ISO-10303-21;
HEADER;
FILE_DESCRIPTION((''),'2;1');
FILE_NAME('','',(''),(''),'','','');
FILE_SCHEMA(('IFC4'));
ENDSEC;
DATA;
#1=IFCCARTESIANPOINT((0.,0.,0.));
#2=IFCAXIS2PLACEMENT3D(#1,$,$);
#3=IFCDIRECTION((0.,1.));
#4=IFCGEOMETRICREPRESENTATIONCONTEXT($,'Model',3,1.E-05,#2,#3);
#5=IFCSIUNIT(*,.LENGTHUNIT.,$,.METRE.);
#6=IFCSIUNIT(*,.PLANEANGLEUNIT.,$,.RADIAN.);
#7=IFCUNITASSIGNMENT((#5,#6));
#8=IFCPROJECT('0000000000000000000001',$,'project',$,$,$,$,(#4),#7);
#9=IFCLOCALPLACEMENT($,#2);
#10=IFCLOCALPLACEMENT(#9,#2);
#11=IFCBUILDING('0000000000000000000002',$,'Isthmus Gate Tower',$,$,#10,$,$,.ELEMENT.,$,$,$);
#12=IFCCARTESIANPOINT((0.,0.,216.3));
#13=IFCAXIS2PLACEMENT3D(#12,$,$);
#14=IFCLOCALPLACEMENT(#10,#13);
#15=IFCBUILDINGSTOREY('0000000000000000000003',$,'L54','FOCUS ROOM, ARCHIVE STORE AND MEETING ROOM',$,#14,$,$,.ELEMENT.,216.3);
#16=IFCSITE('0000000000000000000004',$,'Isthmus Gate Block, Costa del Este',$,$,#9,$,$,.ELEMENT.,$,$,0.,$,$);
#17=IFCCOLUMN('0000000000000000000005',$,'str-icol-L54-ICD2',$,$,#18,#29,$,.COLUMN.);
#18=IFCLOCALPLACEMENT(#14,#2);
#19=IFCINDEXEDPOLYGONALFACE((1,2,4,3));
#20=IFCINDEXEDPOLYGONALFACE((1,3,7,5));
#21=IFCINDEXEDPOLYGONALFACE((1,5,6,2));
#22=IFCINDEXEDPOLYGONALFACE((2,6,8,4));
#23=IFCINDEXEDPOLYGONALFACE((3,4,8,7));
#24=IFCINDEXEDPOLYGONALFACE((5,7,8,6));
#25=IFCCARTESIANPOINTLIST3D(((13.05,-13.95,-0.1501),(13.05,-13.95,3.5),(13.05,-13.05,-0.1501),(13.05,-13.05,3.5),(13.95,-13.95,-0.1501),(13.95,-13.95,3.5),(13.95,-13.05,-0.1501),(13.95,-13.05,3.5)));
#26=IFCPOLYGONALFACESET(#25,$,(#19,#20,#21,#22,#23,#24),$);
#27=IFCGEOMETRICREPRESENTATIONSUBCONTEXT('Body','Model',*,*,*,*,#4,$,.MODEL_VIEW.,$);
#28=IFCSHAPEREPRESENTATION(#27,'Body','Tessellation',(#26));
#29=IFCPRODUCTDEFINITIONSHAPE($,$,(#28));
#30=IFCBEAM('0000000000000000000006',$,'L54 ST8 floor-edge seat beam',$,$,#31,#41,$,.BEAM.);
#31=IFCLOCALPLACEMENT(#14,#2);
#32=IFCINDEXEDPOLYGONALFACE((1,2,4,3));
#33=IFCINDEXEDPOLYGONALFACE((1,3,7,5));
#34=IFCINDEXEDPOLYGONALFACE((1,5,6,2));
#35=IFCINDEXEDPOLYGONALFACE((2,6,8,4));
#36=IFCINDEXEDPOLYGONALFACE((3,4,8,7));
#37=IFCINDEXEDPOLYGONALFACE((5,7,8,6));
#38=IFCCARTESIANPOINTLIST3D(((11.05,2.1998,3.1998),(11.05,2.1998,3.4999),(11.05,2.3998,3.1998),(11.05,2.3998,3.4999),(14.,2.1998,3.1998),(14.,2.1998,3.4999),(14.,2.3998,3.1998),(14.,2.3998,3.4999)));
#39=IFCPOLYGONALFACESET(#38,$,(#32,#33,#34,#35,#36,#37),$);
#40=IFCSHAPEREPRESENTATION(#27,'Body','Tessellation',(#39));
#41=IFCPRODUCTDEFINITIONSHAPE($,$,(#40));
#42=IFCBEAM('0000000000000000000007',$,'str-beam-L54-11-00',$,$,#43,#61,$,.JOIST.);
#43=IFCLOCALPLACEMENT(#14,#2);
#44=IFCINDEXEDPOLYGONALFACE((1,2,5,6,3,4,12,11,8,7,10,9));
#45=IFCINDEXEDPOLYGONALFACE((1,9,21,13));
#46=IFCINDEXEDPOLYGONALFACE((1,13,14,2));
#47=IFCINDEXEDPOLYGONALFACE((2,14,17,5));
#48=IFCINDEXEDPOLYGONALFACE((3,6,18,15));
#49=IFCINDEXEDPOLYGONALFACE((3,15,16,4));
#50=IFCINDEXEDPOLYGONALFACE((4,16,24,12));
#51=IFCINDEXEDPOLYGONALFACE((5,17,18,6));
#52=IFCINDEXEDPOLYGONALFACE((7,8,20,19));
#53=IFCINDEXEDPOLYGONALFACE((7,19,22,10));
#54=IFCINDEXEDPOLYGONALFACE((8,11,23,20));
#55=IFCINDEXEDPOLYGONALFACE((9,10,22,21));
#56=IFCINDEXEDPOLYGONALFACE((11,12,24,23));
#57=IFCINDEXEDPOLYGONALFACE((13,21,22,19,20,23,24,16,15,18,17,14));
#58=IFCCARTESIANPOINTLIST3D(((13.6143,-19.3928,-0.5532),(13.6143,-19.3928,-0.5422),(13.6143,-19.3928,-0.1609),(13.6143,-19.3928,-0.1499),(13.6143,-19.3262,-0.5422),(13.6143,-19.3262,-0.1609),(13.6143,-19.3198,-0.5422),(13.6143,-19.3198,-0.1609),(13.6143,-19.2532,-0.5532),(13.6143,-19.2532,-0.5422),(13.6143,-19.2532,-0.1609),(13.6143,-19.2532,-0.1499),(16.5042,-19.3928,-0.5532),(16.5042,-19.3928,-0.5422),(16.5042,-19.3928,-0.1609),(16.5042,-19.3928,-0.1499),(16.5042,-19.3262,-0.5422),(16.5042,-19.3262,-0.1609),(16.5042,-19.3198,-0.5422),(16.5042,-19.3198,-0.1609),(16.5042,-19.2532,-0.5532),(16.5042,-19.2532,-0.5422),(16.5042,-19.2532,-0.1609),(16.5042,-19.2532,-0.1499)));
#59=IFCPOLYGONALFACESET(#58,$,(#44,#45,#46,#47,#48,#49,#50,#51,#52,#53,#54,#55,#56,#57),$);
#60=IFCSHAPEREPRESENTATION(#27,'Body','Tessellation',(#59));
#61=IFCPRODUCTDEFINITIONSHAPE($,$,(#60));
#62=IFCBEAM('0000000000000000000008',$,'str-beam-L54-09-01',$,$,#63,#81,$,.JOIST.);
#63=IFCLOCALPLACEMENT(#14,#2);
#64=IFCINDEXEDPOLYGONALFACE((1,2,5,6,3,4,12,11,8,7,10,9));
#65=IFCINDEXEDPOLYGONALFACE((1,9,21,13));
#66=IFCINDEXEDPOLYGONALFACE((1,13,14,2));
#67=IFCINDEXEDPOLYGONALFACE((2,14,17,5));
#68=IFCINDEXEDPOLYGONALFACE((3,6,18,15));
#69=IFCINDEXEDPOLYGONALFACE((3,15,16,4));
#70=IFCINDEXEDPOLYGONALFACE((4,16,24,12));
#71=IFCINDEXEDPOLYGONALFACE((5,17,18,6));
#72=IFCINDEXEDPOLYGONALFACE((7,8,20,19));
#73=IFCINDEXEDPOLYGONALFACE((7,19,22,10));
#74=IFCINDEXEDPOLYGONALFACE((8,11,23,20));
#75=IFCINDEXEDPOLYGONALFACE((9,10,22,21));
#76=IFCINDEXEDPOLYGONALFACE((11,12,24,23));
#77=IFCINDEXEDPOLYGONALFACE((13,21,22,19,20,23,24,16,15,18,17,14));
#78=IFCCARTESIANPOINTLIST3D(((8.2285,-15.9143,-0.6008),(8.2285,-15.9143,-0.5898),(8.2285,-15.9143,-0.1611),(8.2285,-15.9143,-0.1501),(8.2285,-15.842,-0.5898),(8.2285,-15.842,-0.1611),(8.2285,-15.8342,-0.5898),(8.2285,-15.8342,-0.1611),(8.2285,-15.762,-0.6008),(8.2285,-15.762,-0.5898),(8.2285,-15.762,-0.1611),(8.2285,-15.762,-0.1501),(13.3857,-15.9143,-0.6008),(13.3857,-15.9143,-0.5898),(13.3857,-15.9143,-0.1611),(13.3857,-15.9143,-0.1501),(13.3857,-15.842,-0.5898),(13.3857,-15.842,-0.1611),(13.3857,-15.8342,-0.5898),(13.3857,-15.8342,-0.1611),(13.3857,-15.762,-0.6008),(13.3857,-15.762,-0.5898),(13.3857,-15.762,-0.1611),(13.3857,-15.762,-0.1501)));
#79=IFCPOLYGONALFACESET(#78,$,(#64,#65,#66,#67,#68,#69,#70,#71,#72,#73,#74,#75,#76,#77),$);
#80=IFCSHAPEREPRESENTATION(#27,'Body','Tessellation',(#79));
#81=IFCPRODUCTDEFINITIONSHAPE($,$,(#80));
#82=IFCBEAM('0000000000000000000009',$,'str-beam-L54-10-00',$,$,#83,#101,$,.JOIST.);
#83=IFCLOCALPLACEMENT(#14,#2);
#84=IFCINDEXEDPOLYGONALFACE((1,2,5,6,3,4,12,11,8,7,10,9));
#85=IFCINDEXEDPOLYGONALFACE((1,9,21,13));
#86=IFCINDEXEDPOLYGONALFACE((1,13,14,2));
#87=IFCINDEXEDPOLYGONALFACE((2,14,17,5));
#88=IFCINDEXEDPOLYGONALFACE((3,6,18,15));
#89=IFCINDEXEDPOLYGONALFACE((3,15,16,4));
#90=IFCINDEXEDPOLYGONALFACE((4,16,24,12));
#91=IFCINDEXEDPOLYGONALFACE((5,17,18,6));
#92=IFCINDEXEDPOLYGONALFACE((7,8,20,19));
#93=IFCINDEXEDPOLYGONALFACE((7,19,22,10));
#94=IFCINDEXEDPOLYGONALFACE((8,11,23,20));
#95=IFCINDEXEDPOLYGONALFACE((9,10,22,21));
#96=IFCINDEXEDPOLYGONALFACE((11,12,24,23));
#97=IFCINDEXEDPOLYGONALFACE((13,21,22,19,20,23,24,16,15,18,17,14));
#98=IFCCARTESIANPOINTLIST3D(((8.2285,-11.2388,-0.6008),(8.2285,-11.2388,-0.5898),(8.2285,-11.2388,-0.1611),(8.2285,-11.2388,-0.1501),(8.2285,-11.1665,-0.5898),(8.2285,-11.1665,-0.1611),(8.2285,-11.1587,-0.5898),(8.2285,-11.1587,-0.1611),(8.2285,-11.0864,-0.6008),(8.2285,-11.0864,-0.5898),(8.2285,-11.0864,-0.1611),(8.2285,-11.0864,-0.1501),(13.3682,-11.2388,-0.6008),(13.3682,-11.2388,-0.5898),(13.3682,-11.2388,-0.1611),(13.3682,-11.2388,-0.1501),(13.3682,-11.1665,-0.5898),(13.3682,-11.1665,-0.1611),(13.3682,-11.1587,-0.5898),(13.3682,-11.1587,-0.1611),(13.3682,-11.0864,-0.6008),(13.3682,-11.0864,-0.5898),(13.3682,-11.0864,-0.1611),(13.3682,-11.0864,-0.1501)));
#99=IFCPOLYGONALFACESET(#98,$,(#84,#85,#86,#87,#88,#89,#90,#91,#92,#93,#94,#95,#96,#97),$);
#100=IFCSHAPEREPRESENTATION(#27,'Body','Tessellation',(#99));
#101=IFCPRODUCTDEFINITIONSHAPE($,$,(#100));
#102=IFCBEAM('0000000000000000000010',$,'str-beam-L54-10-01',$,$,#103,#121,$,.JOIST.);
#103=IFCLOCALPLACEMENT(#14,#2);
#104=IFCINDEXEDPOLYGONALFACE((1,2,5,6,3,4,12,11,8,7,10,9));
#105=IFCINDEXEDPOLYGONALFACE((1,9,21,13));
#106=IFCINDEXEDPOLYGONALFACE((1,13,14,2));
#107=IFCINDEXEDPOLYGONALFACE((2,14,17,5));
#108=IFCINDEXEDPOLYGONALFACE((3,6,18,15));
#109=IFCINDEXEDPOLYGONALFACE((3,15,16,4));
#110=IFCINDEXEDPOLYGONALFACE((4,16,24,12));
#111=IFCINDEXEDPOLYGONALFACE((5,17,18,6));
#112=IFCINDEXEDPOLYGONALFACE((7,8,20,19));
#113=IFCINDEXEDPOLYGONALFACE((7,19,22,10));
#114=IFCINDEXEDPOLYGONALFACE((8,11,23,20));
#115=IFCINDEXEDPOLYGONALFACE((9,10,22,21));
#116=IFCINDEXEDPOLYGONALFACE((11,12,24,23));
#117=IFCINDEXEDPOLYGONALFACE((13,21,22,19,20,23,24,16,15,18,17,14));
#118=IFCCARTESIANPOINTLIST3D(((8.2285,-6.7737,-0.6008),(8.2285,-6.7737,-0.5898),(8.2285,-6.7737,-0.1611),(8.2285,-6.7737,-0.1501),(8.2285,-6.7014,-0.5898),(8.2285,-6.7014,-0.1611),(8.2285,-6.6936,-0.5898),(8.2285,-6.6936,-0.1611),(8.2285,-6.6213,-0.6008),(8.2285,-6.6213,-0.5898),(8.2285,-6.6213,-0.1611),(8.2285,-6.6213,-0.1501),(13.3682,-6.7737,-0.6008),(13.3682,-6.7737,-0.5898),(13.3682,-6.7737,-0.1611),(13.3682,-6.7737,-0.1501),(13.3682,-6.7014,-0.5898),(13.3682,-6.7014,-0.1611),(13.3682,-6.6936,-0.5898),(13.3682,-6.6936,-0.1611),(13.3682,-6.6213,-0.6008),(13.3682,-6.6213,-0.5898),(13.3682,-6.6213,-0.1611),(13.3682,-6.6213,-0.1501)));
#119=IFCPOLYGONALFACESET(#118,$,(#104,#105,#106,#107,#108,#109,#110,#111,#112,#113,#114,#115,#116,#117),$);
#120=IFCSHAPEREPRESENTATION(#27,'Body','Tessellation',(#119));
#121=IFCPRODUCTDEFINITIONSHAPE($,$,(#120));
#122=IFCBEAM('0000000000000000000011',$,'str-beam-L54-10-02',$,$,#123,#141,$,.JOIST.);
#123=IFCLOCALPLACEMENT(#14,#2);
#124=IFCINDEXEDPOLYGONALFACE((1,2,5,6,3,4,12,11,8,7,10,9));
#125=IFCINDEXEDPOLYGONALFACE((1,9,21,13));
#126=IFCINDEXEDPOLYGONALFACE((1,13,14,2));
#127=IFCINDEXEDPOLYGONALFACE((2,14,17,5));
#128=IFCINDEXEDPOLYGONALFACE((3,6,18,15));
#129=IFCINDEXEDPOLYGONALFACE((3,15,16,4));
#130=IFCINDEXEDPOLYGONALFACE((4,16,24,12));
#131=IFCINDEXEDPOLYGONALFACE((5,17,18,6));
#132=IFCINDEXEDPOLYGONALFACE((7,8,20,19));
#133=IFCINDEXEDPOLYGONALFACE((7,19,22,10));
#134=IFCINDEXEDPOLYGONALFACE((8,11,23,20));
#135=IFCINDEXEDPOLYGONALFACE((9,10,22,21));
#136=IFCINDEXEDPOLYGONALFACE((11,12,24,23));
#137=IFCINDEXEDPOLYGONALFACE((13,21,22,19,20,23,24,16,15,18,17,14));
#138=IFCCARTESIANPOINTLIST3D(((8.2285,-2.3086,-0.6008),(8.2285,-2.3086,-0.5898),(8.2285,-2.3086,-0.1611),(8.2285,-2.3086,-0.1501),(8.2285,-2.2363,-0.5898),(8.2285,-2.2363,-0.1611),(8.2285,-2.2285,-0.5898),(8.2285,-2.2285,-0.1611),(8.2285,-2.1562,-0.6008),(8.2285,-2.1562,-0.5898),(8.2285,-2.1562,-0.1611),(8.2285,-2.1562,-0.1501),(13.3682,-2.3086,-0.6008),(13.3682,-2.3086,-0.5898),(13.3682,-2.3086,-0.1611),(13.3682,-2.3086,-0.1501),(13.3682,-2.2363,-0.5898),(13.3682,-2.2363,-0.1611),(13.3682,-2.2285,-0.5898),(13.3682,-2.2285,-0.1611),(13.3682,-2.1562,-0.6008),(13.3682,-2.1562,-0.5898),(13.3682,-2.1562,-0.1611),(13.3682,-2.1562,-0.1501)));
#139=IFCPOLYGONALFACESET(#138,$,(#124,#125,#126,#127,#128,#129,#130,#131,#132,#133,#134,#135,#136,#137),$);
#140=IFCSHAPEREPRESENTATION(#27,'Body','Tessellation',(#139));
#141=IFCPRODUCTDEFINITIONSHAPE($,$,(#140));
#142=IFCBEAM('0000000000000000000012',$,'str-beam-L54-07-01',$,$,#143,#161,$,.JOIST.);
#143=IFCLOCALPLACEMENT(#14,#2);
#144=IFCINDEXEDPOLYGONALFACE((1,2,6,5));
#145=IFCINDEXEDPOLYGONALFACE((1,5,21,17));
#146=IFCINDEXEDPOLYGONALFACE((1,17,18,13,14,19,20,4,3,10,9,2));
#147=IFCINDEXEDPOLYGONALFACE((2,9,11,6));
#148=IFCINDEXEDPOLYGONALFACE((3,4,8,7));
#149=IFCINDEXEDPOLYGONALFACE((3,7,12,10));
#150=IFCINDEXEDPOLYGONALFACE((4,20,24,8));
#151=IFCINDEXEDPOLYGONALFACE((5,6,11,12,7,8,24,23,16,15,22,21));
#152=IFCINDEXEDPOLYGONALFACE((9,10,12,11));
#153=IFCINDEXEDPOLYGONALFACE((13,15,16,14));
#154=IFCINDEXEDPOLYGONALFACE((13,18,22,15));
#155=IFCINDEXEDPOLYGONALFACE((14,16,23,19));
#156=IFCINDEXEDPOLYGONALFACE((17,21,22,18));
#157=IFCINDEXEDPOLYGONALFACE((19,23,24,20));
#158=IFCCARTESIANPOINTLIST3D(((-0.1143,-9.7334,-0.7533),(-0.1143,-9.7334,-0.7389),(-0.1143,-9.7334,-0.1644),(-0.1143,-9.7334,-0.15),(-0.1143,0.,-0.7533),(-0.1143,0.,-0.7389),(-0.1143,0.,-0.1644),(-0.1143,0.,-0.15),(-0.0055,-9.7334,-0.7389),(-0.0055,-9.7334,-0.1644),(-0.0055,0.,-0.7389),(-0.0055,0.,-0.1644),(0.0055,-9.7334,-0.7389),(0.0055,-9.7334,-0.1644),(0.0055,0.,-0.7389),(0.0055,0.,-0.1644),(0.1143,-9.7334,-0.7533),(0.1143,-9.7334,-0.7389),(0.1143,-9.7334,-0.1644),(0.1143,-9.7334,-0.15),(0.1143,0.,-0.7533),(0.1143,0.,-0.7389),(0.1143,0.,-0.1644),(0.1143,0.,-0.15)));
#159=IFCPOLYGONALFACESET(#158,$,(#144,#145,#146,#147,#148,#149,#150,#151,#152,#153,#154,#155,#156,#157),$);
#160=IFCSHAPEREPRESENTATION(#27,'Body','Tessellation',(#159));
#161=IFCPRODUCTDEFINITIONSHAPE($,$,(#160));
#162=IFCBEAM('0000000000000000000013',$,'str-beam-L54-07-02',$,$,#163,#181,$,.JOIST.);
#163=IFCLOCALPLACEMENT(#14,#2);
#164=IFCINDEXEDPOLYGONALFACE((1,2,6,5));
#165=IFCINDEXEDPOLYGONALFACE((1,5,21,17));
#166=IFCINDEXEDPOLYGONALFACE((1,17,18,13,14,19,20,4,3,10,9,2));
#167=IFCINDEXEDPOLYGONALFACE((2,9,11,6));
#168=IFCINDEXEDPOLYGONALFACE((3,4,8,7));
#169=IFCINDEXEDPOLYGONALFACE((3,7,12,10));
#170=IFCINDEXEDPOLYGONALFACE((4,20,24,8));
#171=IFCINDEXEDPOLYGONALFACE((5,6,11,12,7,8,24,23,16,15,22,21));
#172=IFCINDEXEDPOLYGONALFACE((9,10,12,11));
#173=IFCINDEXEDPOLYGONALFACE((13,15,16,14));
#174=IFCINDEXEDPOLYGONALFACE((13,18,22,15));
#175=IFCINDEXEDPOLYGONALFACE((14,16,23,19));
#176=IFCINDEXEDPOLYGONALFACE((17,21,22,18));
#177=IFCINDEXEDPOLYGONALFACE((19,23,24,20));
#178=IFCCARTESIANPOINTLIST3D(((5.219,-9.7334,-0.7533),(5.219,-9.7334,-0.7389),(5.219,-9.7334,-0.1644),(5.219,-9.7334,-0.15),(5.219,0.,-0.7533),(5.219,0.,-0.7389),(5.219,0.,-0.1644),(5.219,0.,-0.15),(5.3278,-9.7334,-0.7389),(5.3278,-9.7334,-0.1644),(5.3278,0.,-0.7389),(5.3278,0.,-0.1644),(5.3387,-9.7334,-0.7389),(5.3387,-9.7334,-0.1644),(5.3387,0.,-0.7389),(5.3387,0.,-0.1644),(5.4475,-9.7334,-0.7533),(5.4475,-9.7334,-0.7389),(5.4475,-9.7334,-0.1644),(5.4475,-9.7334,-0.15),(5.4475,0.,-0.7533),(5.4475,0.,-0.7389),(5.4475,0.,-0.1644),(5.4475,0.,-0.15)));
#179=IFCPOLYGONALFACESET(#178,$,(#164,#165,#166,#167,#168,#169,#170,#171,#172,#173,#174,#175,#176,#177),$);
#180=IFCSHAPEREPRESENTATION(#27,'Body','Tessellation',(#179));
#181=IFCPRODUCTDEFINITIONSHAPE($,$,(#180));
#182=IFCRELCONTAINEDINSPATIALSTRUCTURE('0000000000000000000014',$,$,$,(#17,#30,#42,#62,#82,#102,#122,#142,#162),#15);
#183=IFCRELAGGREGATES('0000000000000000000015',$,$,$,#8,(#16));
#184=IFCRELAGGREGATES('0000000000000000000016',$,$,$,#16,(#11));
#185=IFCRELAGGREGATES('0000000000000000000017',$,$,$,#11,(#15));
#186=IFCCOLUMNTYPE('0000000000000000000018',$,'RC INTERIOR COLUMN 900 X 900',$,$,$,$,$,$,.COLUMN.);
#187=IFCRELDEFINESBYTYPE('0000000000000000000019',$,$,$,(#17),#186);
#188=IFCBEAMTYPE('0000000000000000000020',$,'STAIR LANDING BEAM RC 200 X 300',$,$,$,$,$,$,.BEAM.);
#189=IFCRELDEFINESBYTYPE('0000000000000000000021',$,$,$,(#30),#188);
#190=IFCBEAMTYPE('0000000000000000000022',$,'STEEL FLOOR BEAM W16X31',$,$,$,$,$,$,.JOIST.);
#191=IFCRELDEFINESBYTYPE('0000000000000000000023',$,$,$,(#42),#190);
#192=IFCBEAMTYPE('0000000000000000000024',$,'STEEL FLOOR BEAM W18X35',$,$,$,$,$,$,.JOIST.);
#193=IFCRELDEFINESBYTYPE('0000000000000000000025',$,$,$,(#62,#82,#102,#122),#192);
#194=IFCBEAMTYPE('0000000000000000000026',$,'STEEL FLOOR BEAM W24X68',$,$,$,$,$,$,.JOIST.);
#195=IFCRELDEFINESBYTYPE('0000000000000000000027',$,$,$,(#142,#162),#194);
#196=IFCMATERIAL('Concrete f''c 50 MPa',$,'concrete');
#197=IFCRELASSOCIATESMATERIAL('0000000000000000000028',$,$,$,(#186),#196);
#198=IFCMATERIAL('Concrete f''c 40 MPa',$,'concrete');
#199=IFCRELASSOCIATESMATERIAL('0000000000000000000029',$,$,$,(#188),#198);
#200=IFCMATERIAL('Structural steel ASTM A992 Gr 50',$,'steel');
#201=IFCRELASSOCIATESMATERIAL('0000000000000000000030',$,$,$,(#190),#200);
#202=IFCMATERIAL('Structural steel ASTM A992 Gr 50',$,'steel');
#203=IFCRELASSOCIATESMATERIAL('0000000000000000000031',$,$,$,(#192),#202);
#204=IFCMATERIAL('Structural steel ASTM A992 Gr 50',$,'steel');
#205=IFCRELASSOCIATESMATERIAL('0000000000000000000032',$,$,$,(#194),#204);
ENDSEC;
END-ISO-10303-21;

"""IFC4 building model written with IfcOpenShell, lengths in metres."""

from ifc_helpers import new_model, si_unit, direction, frame, origin, origin_2d, place, context, subcontext, project, spatial, rectangle, i_section, extrude, material, material_profile, profile_set, type_object, element, save


model = new_model("IFC4")

# Units and contexts
model_context = context("Model", 3, precision=1e-05, world=origin(), true_north=direction((0.0, 1.0)))
body_context = subcontext(model_context, "Body", "Model", "MODEL_VIEW")
ifc_project = project(units=[si_unit("LENGTHUNIT", "METRE"), si_unit("PLANEANGLEUNIT", "RADIAN")], contexts=[model_context])

# Site, building, storey
site_placement = place(None, origin())
site = spatial("IfcSite", under=ifc_project, at=site_placement, Name="Isthmus Gate Block, Costa del Este", CompositionType="ELEMENT", RefElevation=0.0)
building_placement = place(site_placement, origin())
building = spatial("IfcBuilding", under=site, at=building_placement, Name="Isthmus Gate Tower", CompositionType="ELEMENT")
storey_placement = place(building_placement, frame((0.0, 0.0, 216.3)))
storey = spatial("IfcBuildingStorey", under=building, at=storey_placement, Name="L54", Description="FOCUS ROOM, ARCHIVE STORE AND MEETING ROOM", CompositionType="ELEMENT", Elevation=216.3)

# Column
ifc_material_1 = material(Name="Concrete f'c 50 MPa", Category="concrete")
ifc_material_profile_1 = material_profile(ifc_material_1, rectangle(XDim=0.8999, YDim=0.8999, at=origin_2d()), Name="RC 900X900")
ifc_profile_set_1 = profile_set([ifc_material_profile_1], Name="Concrete f'c 50 MPa")
column_type = type_object("IfcColumnType", Name="RC INTERIOR COLUMN 900 X 900", PredefinedType="COLUMN", material=ifc_profile_set_1)
column_placement = place(storey_placement, frame((13.5, -13.5, -0.1501), z_axis=(0.0, 0.0, 1.0), x_axis=(1.0, 0.0, 0.0)))
element("IfcColumn", 1, at=column_placement, inside=storey, type_object=column_type, Name="str-icol-L54-ICD2", PredefinedType="COLUMN", context=body_context, shape_type="SweptSolid", body=[
    extrude(rectangle(XDim=0.8999, YDim=0.8999, at=origin_2d()), origin(), (0.0, 0.0, 1.0), 3.6501),
])

# Beams
ifc_material_2 = material(Name="Concrete f'c 40 MPa", Category="concrete")
ifc_material_profile_2 = material_profile(ifc_material_2, rectangle(XDim=0.2, YDim=0.3, at=origin_2d()), Name="STAIR LANDING BEAM RC 200 X 300")
ifc_profile_set_2 = profile_set([ifc_material_profile_2], Name="Concrete f'c 40 MPa")
beam_type_1 = type_object("IfcBeamType", Name="STAIR LANDING BEAM RC 200 X 300", PredefinedType="BEAM", material=ifc_profile_set_2)
beam_1_placement = place(storey_placement, frame((11.05, 2.2998, 3.3499), z_axis=(1.0, 0.0, 0.0), x_axis=(0.0, 1.0, 0.0)))
element("IfcBeam", 2, at=beam_1_placement, inside=storey, type_object=beam_type_1, Name="L54 ST8 floor-edge seat beam", PredefinedType="BEAM", context=body_context, shape_type="SweptSolid", body=[
    extrude(rectangle(XDim=0.2, YDim=0.3, at=origin_2d()), origin(), (0.0, 0.0, 1.0), 2.95),
])
ifc_material_3 = material(Name="Structural steel ASTM A992 Gr 50", Category="steel")
ifc_material_profile_3 = material_profile(ifc_material_3, i_section(OverallWidth=0.1396, OverallDepth=0.4033, WebThickness=0.0063, FlangeThickness=0.011, at=origin_2d()), Name="W16X31")
ifc_profile_set_3 = profile_set([ifc_material_profile_3], Name="Structural steel ASTM A992 Gr 50")
beam_type_2 = type_object("IfcBeamType", Name="STEEL FLOOR BEAM W16X31", PredefinedType="JOIST", material=ifc_profile_set_3)
beam_2_placement = place(storey_placement, frame((13.6143, -19.323, -0.3516), z_axis=(1.0, 0.0, 0.0), x_axis=(0.0, 1.0, 0.0)))
element("IfcBeam", 3, at=beam_2_placement, inside=storey, type_object=beam_type_2, Name="str-beam-L54-11-00", PredefinedType="JOIST", context=body_context, shape_type="SweptSolid", body=[
    extrude(i_section(OverallWidth=0.1396, OverallDepth=0.4033, WebThickness=0.0063, FlangeThickness=0.011, at=origin_2d()), origin(), (0.0, 0.0, 1.0), 2.8899),
])
ifc_material_4 = material(Name="Structural steel ASTM A992 Gr 50", Category="steel")
ifc_material_profile_4 = material_profile(ifc_material_4, i_section(OverallWidth=0.1523, OverallDepth=0.4507, WebThickness=0.0078, FlangeThickness=0.011, at=origin_2d()), Name="W18X35")
ifc_profile_set_4 = profile_set([ifc_material_profile_4], Name="Structural steel ASTM A992 Gr 50")
beam_type_3 = type_object("IfcBeamType", Name="STEEL FLOOR BEAM W18X35", PredefinedType="JOIST", material=ifc_profile_set_4)
beam_3_placement = place(storey_placement, frame((8.2285, -15.8381, -0.3755), z_axis=(1.0, 0.0, 0.0), x_axis=(0.0, 1.0, 0.0)))
element("IfcBeam", 4, at=beam_3_placement, inside=storey, type_object=beam_type_3, Name="str-beam-L54-09-01", PredefinedType="JOIST", context=body_context, shape_type="SweptSolid", body=[
    extrude(i_section(OverallWidth=0.1523, OverallDepth=0.4507, WebThickness=0.0078, FlangeThickness=0.011, at=origin_2d()), origin(), (0.0, 0.0, 1.0), 5.1572),
])
for number, where, z_axis, x_axis, name in (
    (5, (8.2285, -11.1626, -0.3755), (1.0, 0.0, 0.0), (0.0, 1.0, 0.0), "str-beam-L54-10-00"),
    (6, (8.2285, -6.6975, -0.3755), (1.0, 0.0, 0.0), (0.0, 1.0, 0.0), "str-beam-L54-10-01"),
    (7, (8.2285, -2.2324, -0.3755), (1.0, 0.0, 0.0), (0.0, 1.0, 0.0), "str-beam-L54-10-02"),
):
    element("IfcBeam", number, at=place(storey_placement, frame(where, z_axis=z_axis, x_axis=x_axis)), inside=storey, type_object=beam_type_3, Name=name, PredefinedType="JOIST", context=body_context, shape_type="SweptSolid", body=[
        extrude(i_section(OverallWidth=0.1523, OverallDepth=0.4507, WebThickness=0.0078, FlangeThickness=0.011, at=origin_2d()), origin(), (0.0, 0.0, 1.0), 5.1396),
    ])
ifc_material_5 = material(Name="Structural steel ASTM A992 Gr 50", Category="steel")
ifc_material_profile_5 = material_profile(ifc_material_5, i_section(OverallWidth=0.2285, OverallDepth=0.6033, WebThickness=0.011, FlangeThickness=0.0144, at=origin_2d()), Name="W24X68")
ifc_profile_set_5 = profile_set([ifc_material_profile_5], Name="Structural steel ASTM A992 Gr 50")
beam_type_4 = type_object("IfcBeamType", Name="STEEL FLOOR BEAM W24X68", PredefinedType="JOIST", material=ifc_profile_set_5)
for number, where, z_axis, x_axis, name in (
    (8, (0.0, -9.7334, -0.4517), (0.0, 1.0, 0.0), (-1.0, 0.0, 0.0), "str-beam-L54-07-01"),
    (9, (5.3333, -9.7334, -0.4517), (0.0, 1.0, 0.0), (-1.0, 0.0, 0.0), "str-beam-L54-07-02"),
):
    element("IfcBeam", number, at=place(storey_placement, frame(where, z_axis=z_axis, x_axis=x_axis)), inside=storey, type_object=beam_type_4, Name=name, PredefinedType="JOIST", context=body_context, shape_type="SweptSolid", body=[
        extrude(i_section(OverallWidth=0.2285, OverallDepth=0.6033, WebThickness=0.011, FlangeThickness=0.0144, at=origin_2d()), origin(), (0.0, 0.0, 1.0), 9.7334),
    ])

save(model, "model.ifc")
